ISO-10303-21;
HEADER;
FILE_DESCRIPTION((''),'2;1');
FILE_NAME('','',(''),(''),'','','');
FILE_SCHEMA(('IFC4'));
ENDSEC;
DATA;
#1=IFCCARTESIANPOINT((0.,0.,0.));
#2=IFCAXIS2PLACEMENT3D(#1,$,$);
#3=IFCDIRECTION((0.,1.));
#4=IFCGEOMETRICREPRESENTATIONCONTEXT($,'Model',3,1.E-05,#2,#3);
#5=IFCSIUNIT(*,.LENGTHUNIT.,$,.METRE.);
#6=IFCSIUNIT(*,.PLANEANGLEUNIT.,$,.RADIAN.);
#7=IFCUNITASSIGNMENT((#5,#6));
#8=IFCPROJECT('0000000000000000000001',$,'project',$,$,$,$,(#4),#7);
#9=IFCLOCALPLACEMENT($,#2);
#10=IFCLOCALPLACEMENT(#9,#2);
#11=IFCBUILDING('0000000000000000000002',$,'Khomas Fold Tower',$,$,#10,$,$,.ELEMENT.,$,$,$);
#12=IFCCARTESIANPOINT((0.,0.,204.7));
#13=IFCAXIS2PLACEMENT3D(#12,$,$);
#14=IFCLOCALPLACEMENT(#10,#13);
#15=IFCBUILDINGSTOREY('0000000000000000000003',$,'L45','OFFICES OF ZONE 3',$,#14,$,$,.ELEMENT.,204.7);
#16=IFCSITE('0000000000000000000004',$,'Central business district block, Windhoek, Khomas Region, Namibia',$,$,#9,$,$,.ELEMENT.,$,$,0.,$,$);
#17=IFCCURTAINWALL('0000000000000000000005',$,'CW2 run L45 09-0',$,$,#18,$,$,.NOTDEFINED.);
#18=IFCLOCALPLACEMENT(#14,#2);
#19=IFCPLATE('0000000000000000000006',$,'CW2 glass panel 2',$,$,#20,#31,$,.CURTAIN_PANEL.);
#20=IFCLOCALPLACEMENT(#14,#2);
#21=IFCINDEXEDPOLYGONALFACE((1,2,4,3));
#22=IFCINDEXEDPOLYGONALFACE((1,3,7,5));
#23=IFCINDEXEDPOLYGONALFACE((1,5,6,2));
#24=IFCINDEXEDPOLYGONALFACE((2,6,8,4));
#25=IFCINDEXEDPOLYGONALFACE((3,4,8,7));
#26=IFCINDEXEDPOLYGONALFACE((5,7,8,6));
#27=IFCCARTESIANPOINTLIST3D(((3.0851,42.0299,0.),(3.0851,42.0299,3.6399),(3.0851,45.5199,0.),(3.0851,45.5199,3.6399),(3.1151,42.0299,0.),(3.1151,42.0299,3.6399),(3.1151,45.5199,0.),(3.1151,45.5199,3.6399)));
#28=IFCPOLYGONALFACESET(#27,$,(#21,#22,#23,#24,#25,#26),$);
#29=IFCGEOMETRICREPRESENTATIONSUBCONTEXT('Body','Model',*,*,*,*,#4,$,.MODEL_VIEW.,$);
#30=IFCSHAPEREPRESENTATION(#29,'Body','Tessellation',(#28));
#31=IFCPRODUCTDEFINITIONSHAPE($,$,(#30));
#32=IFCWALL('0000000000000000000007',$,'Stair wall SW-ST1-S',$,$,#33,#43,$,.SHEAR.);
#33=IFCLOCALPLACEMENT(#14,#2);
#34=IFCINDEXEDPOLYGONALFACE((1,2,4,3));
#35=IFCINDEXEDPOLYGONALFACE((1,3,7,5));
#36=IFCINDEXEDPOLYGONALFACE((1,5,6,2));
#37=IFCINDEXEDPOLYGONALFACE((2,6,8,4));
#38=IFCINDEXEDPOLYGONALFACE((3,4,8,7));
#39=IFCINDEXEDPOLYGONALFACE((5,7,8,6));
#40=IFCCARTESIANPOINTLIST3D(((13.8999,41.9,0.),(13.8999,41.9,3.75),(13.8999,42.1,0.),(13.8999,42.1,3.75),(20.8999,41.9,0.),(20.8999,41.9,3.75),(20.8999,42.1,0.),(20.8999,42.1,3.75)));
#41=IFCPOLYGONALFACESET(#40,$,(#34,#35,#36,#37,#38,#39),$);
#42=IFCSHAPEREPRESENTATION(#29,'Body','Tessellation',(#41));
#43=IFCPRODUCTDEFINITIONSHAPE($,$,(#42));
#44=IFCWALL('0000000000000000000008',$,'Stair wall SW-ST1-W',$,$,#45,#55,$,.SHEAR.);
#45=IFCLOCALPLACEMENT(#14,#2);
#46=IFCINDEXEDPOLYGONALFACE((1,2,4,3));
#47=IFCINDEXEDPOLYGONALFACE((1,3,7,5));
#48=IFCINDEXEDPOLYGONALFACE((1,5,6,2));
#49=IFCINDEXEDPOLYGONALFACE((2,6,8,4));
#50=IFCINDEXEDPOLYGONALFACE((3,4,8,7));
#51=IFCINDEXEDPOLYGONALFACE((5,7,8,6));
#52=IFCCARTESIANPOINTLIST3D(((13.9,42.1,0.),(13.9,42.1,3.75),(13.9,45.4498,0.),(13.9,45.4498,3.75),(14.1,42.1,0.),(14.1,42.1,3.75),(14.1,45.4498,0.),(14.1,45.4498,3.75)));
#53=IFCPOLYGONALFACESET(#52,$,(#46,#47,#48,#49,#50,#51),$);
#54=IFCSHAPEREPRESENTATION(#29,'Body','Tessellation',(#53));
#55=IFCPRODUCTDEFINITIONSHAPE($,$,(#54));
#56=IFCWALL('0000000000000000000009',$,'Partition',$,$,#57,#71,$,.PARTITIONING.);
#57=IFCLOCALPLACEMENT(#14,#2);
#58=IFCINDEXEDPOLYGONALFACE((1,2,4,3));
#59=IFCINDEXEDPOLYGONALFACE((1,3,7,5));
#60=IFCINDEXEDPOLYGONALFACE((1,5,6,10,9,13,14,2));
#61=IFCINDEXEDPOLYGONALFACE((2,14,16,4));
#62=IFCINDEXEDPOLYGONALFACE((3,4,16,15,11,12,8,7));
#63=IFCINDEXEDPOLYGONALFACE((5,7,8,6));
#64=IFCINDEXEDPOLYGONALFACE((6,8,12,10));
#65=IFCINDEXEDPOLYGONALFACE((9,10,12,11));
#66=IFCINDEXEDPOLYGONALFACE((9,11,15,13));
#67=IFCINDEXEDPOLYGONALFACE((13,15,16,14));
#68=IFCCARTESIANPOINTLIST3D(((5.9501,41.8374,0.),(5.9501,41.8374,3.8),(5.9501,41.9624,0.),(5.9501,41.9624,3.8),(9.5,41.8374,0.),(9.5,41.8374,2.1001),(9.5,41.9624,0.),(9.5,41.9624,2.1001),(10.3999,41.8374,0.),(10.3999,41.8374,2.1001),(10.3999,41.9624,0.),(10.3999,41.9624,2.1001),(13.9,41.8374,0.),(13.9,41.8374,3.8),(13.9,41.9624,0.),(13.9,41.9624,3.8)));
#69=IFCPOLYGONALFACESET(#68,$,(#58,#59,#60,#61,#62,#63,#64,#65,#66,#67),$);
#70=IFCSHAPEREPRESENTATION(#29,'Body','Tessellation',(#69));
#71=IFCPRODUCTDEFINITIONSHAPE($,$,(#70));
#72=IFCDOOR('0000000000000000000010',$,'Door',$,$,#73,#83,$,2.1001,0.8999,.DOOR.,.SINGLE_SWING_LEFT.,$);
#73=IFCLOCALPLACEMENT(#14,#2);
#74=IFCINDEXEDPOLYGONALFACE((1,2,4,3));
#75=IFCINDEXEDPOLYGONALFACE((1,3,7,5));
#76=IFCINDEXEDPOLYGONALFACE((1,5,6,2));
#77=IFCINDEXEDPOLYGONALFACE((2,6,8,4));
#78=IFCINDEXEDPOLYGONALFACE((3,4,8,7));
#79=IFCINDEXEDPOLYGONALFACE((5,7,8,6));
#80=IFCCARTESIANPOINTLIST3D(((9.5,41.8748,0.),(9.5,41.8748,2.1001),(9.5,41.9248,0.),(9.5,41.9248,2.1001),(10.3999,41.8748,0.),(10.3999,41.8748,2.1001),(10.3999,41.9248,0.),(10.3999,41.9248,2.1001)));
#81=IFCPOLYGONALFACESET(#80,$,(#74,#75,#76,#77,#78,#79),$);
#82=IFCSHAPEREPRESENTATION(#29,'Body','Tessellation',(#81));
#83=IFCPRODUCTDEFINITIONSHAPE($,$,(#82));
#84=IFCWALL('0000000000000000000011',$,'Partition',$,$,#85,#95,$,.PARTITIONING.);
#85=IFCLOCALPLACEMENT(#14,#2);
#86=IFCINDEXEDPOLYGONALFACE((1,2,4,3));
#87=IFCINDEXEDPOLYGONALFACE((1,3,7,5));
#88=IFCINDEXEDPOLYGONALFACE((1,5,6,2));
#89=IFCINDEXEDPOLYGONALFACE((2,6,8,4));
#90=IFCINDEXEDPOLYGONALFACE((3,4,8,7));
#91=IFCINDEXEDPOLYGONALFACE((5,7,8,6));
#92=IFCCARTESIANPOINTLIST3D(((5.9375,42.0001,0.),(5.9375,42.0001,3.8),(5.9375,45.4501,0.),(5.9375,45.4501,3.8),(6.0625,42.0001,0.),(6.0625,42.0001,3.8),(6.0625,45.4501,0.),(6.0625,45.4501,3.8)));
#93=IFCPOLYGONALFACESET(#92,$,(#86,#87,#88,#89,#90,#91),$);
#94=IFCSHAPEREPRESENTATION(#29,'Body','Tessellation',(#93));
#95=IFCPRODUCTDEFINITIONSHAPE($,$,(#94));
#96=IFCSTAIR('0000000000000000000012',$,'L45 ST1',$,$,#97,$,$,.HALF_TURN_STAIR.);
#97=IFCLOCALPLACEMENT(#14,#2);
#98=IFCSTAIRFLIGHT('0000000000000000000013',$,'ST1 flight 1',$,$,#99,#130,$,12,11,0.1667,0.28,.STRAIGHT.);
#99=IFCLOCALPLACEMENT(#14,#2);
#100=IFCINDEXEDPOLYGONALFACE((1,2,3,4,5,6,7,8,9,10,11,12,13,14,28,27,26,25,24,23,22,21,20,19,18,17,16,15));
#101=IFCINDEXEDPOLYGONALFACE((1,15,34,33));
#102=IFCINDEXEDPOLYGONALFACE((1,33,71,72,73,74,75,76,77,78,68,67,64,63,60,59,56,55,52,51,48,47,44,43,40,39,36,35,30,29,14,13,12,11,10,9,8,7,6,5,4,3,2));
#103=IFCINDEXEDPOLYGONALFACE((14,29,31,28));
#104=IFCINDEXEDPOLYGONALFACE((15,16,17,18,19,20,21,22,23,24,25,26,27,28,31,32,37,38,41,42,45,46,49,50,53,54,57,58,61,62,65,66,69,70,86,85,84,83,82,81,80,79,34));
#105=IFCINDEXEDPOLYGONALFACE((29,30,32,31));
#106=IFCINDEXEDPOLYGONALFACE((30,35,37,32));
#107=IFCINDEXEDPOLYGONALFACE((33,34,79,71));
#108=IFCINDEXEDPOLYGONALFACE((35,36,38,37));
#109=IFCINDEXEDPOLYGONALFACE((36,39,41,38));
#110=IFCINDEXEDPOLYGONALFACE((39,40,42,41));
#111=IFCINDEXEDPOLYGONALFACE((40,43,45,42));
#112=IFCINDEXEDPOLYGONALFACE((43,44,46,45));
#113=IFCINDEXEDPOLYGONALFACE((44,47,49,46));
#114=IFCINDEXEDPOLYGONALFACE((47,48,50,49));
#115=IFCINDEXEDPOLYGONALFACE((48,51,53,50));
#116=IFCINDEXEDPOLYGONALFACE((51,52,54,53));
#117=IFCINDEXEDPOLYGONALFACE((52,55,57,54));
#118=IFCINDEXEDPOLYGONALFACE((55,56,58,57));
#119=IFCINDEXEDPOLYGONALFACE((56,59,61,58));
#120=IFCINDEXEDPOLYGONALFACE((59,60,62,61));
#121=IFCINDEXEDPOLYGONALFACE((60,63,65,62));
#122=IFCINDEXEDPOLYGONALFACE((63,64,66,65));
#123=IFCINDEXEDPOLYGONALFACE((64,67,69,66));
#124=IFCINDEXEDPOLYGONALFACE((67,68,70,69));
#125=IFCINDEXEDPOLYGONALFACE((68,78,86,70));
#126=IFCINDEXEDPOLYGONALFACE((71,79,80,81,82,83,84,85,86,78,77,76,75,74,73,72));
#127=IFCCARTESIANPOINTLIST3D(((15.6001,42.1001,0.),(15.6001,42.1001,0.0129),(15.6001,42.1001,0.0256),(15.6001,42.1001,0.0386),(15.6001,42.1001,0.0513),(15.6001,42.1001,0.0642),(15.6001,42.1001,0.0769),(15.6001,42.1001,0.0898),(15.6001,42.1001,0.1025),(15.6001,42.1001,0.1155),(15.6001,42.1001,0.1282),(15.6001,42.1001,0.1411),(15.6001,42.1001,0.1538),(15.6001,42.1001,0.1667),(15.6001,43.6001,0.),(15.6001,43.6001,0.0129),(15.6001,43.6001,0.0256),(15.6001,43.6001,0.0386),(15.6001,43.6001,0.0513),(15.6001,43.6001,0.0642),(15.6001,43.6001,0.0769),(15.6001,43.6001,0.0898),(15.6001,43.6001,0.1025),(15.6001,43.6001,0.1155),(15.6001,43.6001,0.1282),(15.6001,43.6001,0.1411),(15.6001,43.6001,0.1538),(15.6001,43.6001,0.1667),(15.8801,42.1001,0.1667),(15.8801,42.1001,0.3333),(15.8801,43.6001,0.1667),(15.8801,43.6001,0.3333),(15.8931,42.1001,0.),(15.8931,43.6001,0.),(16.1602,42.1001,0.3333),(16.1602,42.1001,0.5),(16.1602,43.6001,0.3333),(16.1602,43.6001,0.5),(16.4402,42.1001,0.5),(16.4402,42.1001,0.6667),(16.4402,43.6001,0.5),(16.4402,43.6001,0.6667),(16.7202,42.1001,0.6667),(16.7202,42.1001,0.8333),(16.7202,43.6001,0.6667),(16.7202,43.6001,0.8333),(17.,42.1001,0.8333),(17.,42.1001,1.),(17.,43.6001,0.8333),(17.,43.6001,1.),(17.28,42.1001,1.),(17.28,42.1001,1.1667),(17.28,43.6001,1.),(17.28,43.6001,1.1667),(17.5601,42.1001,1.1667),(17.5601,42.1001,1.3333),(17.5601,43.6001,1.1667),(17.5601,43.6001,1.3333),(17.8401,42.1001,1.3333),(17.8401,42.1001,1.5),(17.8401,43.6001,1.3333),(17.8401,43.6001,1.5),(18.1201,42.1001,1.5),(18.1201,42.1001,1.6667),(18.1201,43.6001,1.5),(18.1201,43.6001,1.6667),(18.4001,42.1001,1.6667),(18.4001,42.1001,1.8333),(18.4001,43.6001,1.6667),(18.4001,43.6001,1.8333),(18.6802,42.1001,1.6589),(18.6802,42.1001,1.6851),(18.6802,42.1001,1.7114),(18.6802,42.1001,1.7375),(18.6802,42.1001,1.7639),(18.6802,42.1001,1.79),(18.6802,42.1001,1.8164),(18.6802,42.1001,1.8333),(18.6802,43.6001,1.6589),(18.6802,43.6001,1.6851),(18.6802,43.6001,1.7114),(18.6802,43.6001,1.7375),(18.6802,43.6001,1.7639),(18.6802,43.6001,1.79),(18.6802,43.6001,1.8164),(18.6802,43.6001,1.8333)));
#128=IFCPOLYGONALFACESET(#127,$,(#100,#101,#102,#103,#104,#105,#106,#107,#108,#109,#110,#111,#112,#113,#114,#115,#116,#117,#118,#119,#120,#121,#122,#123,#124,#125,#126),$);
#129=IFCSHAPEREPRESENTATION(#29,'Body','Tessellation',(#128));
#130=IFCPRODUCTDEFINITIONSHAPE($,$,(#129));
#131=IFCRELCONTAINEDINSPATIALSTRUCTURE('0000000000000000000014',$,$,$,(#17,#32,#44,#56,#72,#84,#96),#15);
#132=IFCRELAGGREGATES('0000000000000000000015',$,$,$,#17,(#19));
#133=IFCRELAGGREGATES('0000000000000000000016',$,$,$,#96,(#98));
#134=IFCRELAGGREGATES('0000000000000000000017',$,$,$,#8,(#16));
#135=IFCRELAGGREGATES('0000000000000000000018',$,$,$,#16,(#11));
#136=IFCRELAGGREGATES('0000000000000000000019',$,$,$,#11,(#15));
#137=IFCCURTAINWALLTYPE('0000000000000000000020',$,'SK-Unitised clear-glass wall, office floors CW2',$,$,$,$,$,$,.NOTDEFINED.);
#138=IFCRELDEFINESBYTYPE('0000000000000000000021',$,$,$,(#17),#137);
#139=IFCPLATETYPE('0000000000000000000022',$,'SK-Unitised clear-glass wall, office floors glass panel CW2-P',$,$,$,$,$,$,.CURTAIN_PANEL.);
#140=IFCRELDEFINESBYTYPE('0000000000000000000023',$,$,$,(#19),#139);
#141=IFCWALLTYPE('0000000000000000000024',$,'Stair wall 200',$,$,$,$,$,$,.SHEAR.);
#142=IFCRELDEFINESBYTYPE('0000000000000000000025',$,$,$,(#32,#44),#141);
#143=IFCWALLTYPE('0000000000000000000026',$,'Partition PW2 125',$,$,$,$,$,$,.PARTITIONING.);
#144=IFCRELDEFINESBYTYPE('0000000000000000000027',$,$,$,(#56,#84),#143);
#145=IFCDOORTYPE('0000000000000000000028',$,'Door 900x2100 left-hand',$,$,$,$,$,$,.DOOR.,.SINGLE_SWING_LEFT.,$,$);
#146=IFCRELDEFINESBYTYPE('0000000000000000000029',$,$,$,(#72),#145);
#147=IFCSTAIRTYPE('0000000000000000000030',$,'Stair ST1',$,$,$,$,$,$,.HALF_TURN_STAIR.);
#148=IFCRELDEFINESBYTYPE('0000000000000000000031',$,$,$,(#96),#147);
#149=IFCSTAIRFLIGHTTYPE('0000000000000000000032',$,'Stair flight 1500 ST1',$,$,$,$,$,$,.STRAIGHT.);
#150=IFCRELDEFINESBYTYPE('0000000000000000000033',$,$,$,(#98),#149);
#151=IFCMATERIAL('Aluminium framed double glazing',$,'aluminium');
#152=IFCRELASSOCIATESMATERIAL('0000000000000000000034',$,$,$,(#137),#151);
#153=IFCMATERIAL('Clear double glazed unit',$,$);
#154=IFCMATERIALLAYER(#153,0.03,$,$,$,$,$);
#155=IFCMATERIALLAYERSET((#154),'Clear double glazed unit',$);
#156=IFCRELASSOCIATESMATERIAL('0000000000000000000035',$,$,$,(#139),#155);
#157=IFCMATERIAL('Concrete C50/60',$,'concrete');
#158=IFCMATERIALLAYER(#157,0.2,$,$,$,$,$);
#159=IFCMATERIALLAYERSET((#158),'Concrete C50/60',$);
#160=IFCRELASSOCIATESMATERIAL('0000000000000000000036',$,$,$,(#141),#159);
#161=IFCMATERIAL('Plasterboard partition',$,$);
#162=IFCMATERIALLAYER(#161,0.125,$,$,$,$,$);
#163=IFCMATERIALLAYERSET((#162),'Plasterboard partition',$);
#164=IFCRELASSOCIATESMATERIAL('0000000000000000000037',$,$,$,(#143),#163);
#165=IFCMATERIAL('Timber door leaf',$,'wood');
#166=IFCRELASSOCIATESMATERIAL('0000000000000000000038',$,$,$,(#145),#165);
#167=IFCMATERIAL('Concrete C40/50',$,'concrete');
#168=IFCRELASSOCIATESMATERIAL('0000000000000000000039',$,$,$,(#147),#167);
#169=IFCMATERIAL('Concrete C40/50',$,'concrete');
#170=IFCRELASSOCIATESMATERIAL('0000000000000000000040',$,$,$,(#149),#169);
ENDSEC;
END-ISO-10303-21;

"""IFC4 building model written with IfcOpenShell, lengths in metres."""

from ifc_helpers import new_model, si_unit, direction, frame, frame_2d, origin, origin_2d, place, context, subcontext, project, spatial, polyline, rectangle, outline, extrude, source, transform, mapped, material, layer, layer_set, type_object, element, fill, aggregate, save


model = new_model("IFC4")

# Units and contexts
model_context = context("Model", 3, precision=1e-05, world=origin(), true_north=direction((0.0, 1.0)))
body_context = subcontext(model_context, "Body", "Model", "MODEL_VIEW")
ifc_project = project(units=[si_unit("LENGTHUNIT", "METRE"), si_unit("PLANEANGLEUNIT", "RADIAN")], contexts=[model_context])

# Site, building, storey
site_placement = place(None, origin())
site = spatial("IfcSite", under=ifc_project, at=site_placement, Name="Central business district block, Windhoek, Khomas Region, Namibia", CompositionType="ELEMENT", RefElevation=0.0)
building_placement = place(site_placement, origin())
building = spatial("IfcBuilding", under=site, at=building_placement, Name="Khomas Fold Tower", CompositionType="ELEMENT")
storey_placement = place(building_placement, frame((0.0, 0.0, 204.7)))
storey = spatial("IfcBuildingStorey", under=building, at=storey_placement, Name="L45", Description="OFFICES OF ZONE 3", CompositionType="ELEMENT", Elevation=204.7)

# Curtain wall, plate
ifc_material_1 = material(Name="Aluminium framed double glazing", Category="aluminium")
curtain_wall_type = type_object("IfcCurtainWallType", Name="SK-Unitised clear-glass wall, office floors CW2", PredefinedType="NOTDEFINED", material=ifc_material_1)
curtain_wall_placement = place(storey_placement, origin())
curtain_wall = element("IfcCurtainWall", 1, at=curtain_wall_placement, inside=storey, type_object=curtain_wall_type, Name="CW2 run L45 09-0", PredefinedType="NOTDEFINED")
ifc_material_2 = material(Name="Clear double glazed unit")
ifc_layer_1 = layer(ifc_material_2, 0.03)
ifc_layer_set_1 = layer_set([ifc_layer_1], Name="Clear double glazed unit")
plate_type = type_object("IfcPlateType", Name="SK-Unitised clear-glass wall, office floors glass panel CW2-P", PredefinedType="CURTAIN_PANEL", material=ifc_layer_set_1)
shared_shape_1 = source(origin(), body_context, "Body", "SweptSolid", [
    extrude(rectangle(XDim=3.49, YDim=0.03, at=origin_2d()), origin(), (0.0, 0.0, 1.0), 3.6399),
])
plate_placement = place(storey_placement, frame((3.1001, 43.7749, 0.0), z_axis=(0.0, 0.0, 1.0), x_axis=(0.0, -1.0, 0.0)))
plate = element("IfcPlate", 2, at=plate_placement, type_object=plate_type, Name="CW2 glass panel 2", PredefinedType="CURTAIN_PANEL", context=body_context, shape_type="MappedRepresentation", body=[
    mapped(shared_shape_1, transform((0.0, 0.0, 0.0))),
])
aggregate(curtain_wall, [plate])

# Walls
ifc_material_3 = material(Name="Concrete C50/60", Category="concrete")
ifc_layer_2 = layer(ifc_material_3, 0.2)
ifc_layer_set_2 = layer_set([ifc_layer_2], Name="Concrete C50/60")
wall_type_1 = type_object("IfcWallType", Name="Stair wall 200", PredefinedType="SHEAR", material=ifc_layer_set_2)
shared_shape_2 = source(origin(), body_context, "Body", "SweptSolid", [
    extrude(rectangle(XDim=7.0, YDim=0.2, at=frame_2d((3.5, 0.0))), origin(), (0.0, 0.0, 1.0), 3.75),
])
wall_1_placement = place(storey_placement, frame((13.8999, 42.0, 0.0), z_axis=(0.0, 0.0, 1.0), x_axis=(1.0, 0.0, 0.0)))
element("IfcWall", 3, at=wall_1_placement, inside=storey, type_object=wall_type_1, Name="Stair wall SW-ST1-S", PredefinedType="SHEAR", context=body_context, shape_type="MappedRepresentation", body=[
    mapped(shared_shape_2, transform((0.0, 0.0, 0.0))),
])
shared_shape_3 = source(origin(), body_context, "Body", "SweptSolid", [
    extrude(rectangle(XDim=3.3499, YDim=0.2, at=frame_2d((1.6748, 0.0))), origin(), (0.0, 0.0, 1.0), 3.75),
])
wall_2_placement = place(storey_placement, frame((14.0, 42.1001, 0.0), z_axis=(0.0, 0.0, 1.0), x_axis=(0.0, 1.0, 0.0)))
element("IfcWall", 4, at=wall_2_placement, inside=storey, type_object=wall_type_1, Name="Stair wall SW-ST1-W", PredefinedType="SHEAR", context=body_context, shape_type="MappedRepresentation", body=[
    mapped(shared_shape_3, transform((0.0, 0.0, 0.0))),
])

# Wall, opening, door
ifc_material_4 = material(Name="Plasterboard partition")
ifc_layer_3 = layer(ifc_material_4, 0.125)
ifc_layer_set_3 = layer_set([ifc_layer_3], Name="Plasterboard partition")
wall_type_2 = type_object("IfcWallType", Name="Partition PW2 125", PredefinedType="PARTITIONING", material=ifc_layer_set_3)
shared_shape_4 = source(origin(), body_context, "Body", "SweptSolid", [
    extrude(rectangle(XDim=7.95, YDim=0.125, at=frame_2d((3.9751, 0.0))), origin(), (0.0, 0.0, 1.0), 3.8),
])
wall_3_placement = place(storey_placement, frame((5.95, 41.8999, 0.0), z_axis=(0.0, 0.0, 1.0), x_axis=(1.0, 0.0, 0.0)))
wall_3 = element("IfcWall", 5, at=wall_3_placement, inside=storey, type_object=wall_type_2, Name="Partition", PredefinedType="PARTITIONING", context=body_context, shape_type="MappedRepresentation", body=[
    mapped(shared_shape_4, transform((0.0, 0.0, 0.0))),
])
shared_shape_5 = source(origin(), body_context, "Body", "SweptSolid", [
    extrude(rectangle(XDim=0.8999, YDim=2.1001, at=frame_2d((0.45, 1.05))), frame((0.0, 0.0725, 0.0), z_axis=(0.0, -1.0, 0.0), x_axis=(1.0, 0.0, 0.0)), (0.0, 0.0, 1.0), 0.145),
])
opening_placement = place(wall_3_placement, frame((3.55, 0.0, 0.0)))
opening = element("IfcOpeningElement", 6, at=opening_placement, cuts=wall_3, PredefinedType="OPENING", context=body_context, shape_type="MappedRepresentation", body=[
    mapped(shared_shape_5, transform((0.0, 0.0, 0.0))),
])
ifc_material_5 = material(Name="Timber door leaf", Category="wood")
door_type = type_object("IfcDoorType", Name="Door 900x2100 left-hand", OperationType="SINGLE_SWING_LEFT", PredefinedType="DOOR", material=ifc_material_5)
shared_shape_6 = source(origin(), body_context, "Body", "SweptSolid", [
    extrude(rectangle(XDim=0.8999, YDim=2.1001, at=frame_2d((0.45, 1.05))), frame((0.0, 0.0249, 0.0), z_axis=(0.0, -1.0, 0.0), x_axis=(1.0, 0.0, 0.0)), (0.0, 0.0, 1.0), 0.05),
])
door_placement = place(opening_placement, origin())
door = element("IfcDoor", 7, at=door_placement, inside=storey, type_object=door_type, Name="Door", OperationType="SINGLE_SWING_LEFT", OverallHeight=2.1001, OverallWidth=0.8999, PredefinedType="DOOR", context=body_context, shape_type="MappedRepresentation", body=[
    mapped(shared_shape_6, transform((0.0, 0.0, 0.0))),
])
fill(opening, door)

# Wall
shared_shape_7 = source(origin(), body_context, "Body", "SweptSolid", [
    extrude(rectangle(XDim=3.45, YDim=0.125, at=frame_2d((1.7251, 0.0))), origin(), (0.0, 0.0, 1.0), 3.8),
])
wall_4_placement = place(storey_placement, frame((6.0, 42.0, 0.0), z_axis=(0.0, 0.0, 1.0), x_axis=(0.0, 1.0, 0.0)))
element("IfcWall", 8, at=wall_4_placement, inside=storey, type_object=wall_type_2, Name="Partition", PredefinedType="PARTITIONING", context=body_context, shape_type="MappedRepresentation", body=[
    mapped(shared_shape_7, transform((0.0, 0.0, 0.0))),
])

# Stair, stair flight
ifc_material_6 = material(Name="Concrete C40/50", Category="concrete")
stair_type = type_object("IfcStairType", Name="Stair ST1", PredefinedType="HALF_TURN_STAIR", material=ifc_material_6)
stair_placement = place(storey_placement, origin())
stair = element("IfcStair", 9, at=stair_placement, inside=storey, type_object=stair_type, Name="L45 ST1", PredefinedType="HALF_TURN_STAIR")
ifc_material_7 = material(Name="Concrete C40/50", Category="concrete")
stair_flight_type = type_object("IfcStairFlightType", Name="Stair flight 1500 ST1", PredefinedType="STRAIGHT", material=ifc_material_7)
shared_shape_8 = source(origin(), body_context, "Body", "SweptSolid", [
    extrude(outline(polyline([(0.0, 0.0), (0.0, 0.0129), (0.0, 0.0256), (0.0, 0.0386), (0.0, 0.0513), (0.0, 0.0642), (0.0, 0.0769), (0.0, 0.0898), (0.0, 0.1025), (0.0, 0.1155), (0.0, 0.1282), (0.0, 0.1411), (0.0, 0.1538), (0.0, 0.1667), (0.28, 0.1667), (0.28, 0.3333), (0.5601, 0.3333), (0.5601, 0.5), (0.8401, 0.5), (0.8401, 0.6667), (1.1201, 0.6667), (1.1201, 0.8333), (1.3999, 0.8333), (1.3999, 1.0), (1.6799, 1.0), (1.6799, 1.1667), (1.96, 1.1667), (1.96, 1.3333), (2.24, 1.3333), (2.24, 1.5), (2.52, 1.5), (2.52, 1.6667), (2.8, 1.6667), (2.8, 1.8333), (3.0801, 1.8333), (3.0801, 2.0), (3.0801, 1.9739), (3.0801, 1.9475), (3.0801, 1.9214), (3.0801, 1.895), (3.0801, 1.8689), (3.0801, 1.8425), (3.0801, 1.8164), (3.0801, 1.79), (3.0801, 1.7639), (3.0801, 1.7375), (3.0801, 1.7114), (3.0801, 1.6851), (3.0801, 1.6589), (0.293, 0.0), (0.0, 0.0)])), frame((0.0, 0.75, 0.0), z_axis=(0.0, -1.0, 0.0), x_axis=(1.0, 0.0, 0.0)), (0.0, 0.0, 1.0), 1.5),
])
stair_flight_1_placement = place(storey_placement, frame((15.6001, 42.8501, 0.0), z_axis=(0.0, 0.0, 1.0), x_axis=(1.0, 0.0, 0.0)))
stair_flight_1 = element("IfcStairFlight", 10, at=stair_flight_1_placement, type_object=stair_flight_type, Name="ST1 flight 1", NumberOfRisers=12, NumberOfTreads=11, PredefinedType="STRAIGHT", RiserHeight=0.1667, TreadLength=0.28, context=body_context, shape_type="MappedRepresentation", body=[
    mapped(shared_shape_8, transform((0.0, 0.0, 0.0))),
])
aggregate(stair, [stair_flight_1])

save(model, "model.ifc")
